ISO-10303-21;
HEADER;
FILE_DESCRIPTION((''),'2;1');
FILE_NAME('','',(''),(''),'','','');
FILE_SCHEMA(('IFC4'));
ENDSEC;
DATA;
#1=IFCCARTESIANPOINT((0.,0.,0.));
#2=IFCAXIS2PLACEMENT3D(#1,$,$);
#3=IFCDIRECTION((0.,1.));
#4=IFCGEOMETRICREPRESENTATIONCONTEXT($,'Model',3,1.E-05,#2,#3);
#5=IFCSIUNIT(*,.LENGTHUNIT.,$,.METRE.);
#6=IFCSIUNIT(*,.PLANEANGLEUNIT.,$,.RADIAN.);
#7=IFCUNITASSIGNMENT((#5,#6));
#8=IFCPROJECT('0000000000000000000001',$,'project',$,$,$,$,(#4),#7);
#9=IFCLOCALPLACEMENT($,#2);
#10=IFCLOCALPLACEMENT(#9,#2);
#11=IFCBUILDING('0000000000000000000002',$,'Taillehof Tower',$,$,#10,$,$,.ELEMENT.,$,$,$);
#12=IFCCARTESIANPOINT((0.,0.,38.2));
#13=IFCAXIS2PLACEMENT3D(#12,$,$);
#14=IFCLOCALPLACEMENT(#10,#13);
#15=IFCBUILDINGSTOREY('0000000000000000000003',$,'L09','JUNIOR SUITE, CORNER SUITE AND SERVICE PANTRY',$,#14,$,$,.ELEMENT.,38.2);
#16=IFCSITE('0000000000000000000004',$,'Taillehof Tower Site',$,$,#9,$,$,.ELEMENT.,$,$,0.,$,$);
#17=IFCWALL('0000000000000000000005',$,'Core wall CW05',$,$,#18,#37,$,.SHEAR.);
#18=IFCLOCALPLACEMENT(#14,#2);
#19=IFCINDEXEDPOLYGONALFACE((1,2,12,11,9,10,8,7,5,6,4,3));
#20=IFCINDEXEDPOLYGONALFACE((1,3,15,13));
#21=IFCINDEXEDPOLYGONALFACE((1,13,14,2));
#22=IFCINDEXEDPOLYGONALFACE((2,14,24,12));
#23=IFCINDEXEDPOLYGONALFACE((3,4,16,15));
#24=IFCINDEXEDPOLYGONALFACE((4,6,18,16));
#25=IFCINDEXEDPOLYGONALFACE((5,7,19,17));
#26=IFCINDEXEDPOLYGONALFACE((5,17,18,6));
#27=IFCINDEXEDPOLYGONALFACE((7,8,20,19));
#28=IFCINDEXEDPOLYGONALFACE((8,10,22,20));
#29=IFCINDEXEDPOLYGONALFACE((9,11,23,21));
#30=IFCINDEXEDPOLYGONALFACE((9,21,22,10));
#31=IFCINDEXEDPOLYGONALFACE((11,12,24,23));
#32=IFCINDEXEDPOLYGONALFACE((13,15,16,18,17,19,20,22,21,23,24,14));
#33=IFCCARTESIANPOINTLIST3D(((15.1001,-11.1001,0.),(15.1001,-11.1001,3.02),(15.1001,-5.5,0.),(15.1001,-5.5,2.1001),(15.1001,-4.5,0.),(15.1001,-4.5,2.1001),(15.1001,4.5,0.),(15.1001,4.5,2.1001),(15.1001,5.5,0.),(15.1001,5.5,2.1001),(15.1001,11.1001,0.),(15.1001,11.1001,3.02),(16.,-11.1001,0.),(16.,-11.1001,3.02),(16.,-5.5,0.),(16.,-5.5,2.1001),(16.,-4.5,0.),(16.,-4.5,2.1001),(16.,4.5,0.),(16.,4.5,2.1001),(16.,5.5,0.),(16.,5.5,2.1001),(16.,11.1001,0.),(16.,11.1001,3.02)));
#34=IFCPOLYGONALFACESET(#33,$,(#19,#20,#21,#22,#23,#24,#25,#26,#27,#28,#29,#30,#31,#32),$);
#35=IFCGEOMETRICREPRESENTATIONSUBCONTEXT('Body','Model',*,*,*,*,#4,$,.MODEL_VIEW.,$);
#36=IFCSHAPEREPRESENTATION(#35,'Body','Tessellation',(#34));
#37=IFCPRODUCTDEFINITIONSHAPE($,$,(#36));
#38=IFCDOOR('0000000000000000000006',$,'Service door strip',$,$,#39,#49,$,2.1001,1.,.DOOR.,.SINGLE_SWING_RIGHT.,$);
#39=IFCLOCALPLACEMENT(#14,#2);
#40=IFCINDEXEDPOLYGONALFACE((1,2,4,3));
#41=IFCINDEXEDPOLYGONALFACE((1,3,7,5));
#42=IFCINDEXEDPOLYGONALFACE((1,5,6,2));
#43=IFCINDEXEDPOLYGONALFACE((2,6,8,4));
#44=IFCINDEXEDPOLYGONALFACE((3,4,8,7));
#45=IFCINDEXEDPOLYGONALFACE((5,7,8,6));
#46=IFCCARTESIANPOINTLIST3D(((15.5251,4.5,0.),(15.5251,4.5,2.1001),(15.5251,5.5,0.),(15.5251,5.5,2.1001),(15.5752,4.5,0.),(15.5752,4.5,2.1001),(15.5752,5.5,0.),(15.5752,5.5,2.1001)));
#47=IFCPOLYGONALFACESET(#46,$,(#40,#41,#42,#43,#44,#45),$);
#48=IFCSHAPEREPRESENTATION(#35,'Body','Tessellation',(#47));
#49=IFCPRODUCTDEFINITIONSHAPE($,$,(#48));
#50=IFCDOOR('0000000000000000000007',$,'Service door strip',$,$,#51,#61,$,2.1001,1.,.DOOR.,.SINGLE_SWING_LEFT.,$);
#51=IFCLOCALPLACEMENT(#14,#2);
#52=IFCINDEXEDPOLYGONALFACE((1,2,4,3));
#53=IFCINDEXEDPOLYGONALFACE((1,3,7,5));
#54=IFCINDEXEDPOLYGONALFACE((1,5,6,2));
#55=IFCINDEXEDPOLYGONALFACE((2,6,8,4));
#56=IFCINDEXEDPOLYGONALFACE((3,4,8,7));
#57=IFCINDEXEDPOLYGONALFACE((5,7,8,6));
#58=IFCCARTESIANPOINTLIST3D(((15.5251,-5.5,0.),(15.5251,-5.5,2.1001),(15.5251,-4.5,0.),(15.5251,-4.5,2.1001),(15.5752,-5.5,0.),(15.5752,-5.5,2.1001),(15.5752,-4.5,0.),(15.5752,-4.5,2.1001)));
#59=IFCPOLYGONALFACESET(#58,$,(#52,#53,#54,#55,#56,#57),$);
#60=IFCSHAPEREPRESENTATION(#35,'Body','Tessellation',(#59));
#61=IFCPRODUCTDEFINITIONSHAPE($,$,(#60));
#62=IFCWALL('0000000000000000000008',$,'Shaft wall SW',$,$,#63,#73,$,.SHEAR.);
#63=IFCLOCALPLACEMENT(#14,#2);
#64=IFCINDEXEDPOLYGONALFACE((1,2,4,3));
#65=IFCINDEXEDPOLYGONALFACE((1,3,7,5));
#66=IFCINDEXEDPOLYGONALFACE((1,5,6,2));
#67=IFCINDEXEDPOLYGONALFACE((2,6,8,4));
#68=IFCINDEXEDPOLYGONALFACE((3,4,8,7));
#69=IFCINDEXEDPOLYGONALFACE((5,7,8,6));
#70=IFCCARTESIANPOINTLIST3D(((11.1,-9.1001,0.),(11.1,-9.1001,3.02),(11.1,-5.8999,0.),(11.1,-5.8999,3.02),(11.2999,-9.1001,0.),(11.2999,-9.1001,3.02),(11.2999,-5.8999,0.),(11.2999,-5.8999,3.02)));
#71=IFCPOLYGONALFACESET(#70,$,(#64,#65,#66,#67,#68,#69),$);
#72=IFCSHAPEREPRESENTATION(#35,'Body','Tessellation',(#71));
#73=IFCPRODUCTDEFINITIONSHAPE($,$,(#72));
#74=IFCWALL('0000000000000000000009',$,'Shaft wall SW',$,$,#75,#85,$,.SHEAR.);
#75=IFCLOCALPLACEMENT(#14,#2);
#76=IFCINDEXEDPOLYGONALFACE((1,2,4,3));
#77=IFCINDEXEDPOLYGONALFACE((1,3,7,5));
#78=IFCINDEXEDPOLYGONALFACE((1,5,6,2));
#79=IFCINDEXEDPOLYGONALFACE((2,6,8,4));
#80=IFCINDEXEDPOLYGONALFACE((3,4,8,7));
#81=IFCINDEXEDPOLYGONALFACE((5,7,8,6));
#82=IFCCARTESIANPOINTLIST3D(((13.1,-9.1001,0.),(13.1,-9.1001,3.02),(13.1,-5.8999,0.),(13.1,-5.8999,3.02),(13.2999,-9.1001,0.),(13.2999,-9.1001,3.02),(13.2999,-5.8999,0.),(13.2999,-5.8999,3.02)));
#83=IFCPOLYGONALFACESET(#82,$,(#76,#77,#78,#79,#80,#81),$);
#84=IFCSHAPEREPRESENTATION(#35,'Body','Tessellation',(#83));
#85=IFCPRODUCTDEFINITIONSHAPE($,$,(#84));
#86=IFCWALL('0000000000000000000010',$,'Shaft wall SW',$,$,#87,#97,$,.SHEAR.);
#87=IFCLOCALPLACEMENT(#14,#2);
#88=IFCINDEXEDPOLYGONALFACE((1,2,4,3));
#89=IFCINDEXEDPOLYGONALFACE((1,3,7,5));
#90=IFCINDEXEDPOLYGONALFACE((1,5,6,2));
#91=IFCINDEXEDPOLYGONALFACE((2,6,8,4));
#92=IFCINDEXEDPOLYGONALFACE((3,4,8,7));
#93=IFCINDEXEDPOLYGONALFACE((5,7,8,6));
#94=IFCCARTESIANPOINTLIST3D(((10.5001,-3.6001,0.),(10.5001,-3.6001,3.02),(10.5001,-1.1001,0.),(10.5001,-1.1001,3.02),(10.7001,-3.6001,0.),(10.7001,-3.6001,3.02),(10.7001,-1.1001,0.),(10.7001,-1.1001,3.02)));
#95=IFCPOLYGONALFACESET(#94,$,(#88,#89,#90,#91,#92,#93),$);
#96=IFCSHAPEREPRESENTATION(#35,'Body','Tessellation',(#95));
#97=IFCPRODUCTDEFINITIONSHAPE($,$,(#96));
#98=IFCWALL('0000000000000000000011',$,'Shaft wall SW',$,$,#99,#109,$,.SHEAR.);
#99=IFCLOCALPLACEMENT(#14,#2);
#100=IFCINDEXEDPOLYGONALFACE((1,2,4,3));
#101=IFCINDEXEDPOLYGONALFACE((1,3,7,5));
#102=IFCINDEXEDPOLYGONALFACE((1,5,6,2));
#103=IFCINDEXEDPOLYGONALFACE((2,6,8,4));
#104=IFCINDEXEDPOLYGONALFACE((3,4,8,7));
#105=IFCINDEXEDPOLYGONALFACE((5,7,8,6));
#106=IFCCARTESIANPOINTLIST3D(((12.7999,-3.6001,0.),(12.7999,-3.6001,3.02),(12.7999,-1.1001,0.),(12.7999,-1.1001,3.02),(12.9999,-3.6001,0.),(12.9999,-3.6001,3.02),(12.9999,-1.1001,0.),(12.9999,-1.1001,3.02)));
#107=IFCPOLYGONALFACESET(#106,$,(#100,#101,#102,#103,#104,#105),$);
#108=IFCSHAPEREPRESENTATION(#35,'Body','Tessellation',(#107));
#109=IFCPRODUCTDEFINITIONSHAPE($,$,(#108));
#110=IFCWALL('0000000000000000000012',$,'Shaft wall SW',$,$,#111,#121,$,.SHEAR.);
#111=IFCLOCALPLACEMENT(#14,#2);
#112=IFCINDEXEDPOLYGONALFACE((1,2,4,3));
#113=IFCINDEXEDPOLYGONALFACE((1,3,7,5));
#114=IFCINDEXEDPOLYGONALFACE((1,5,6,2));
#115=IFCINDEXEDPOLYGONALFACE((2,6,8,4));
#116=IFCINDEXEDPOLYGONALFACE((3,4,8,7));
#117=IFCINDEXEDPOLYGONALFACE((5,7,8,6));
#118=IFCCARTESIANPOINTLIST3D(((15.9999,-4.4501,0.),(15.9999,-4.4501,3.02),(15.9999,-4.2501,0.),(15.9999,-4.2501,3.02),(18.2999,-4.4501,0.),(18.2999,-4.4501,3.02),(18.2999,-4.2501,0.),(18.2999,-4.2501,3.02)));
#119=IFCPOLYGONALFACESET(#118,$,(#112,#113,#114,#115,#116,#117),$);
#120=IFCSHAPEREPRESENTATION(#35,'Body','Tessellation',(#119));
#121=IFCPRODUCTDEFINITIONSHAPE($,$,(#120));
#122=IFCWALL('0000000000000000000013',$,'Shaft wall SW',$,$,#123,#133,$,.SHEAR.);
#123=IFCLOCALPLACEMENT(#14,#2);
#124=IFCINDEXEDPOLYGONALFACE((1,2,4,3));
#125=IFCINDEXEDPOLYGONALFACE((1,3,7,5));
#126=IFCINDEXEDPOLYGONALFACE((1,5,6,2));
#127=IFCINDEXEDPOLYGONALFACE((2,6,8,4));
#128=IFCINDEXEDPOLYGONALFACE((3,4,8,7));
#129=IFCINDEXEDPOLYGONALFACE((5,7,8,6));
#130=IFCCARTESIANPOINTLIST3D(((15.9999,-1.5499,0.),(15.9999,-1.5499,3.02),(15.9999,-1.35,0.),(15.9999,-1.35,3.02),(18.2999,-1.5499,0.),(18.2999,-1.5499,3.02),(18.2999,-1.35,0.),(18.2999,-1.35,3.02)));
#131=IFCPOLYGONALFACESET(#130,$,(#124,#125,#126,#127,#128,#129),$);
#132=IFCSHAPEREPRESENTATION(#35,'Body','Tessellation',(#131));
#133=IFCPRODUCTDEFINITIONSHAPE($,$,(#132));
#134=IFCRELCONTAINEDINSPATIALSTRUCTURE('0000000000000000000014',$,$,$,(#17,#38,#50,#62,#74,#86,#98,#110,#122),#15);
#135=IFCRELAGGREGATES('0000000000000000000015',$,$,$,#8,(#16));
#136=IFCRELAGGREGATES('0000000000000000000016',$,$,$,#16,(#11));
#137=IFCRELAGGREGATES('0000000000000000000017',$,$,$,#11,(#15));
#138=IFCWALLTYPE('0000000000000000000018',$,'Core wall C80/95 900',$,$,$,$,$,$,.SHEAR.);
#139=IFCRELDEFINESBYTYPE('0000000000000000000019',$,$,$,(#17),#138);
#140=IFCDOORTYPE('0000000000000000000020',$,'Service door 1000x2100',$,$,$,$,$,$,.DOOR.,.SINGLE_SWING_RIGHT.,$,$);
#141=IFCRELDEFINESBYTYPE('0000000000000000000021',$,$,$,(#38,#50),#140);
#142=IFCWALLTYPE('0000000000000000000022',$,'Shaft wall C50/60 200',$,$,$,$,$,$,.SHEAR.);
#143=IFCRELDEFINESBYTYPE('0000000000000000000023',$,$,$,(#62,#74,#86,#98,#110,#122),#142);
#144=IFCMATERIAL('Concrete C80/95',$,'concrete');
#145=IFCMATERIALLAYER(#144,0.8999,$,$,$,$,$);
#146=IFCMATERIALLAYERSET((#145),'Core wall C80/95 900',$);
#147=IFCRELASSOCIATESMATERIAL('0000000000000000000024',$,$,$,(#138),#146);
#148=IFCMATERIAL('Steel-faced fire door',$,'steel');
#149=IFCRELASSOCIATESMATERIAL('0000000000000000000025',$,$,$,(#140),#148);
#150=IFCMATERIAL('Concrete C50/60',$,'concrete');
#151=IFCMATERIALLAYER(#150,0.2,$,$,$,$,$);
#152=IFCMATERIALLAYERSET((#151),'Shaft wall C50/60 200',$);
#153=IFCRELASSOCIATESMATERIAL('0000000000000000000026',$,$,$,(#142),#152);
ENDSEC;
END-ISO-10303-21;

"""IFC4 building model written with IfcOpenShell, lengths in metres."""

from ifc_helpers import new_model, si_unit, direction, frame, frame_2d, origin, place, context, subcontext, project, spatial, rectangle, extrude, material, layer, layer_set, type_object, element, fill, save


model = new_model("IFC4")

# Units and contexts
model_context = context("Model", 3, precision=1e-05, world=origin(), true_north=direction((0.0, 1.0)))
body_context = subcontext(model_context, "Body", "Model", "MODEL_VIEW")
ifc_project = project(units=[si_unit("LENGTHUNIT", "METRE"), si_unit("PLANEANGLEUNIT", "RADIAN")], contexts=[model_context])

# Site, building, storey
site_placement = place(None, origin())
site = spatial("IfcSite", under=ifc_project, at=site_placement, Name="Taillehof Tower Site", CompositionType="ELEMENT", RefElevation=0.0)
building_placement = place(site_placement, origin())
building = spatial("IfcBuilding", under=site, at=building_placement, Name="Taillehof Tower", CompositionType="ELEMENT")
storey_placement = place(building_placement, frame((0.0, 0.0, 38.2)))
storey = spatial("IfcBuildingStorey", under=building, at=storey_placement, Name="L09", Description="JUNIOR SUITE, CORNER SUITE AND SERVICE PANTRY", CompositionType="ELEMENT", Elevation=38.2)

# Wall, openings, doors
ifc_material_1 = material(Name="Concrete C80/95", Category="concrete")
ifc_layer_1 = layer(ifc_material_1, 0.8999)
ifc_layer_set_1 = layer_set([ifc_layer_1], Name="Core wall C80/95 900")
wall_type_1 = type_object("IfcWallType", Name="Core wall C80/95 900", PredefinedType="SHEAR", material=ifc_layer_set_1)
wall_1_placement = place(storey_placement, frame((15.55, -11.1001, 0.0), z_axis=(0.0, 0.0, 1.0), x_axis=(0.0, 1.0, 0.0)))
wall_1 = element("IfcWall", 1, at=wall_1_placement, inside=storey, type_object=wall_type_1, Name="Core wall CW05", PredefinedType="SHEAR", context=body_context, shape_type="SweptSolid", body=[
    extrude(rectangle(XDim=22.2002, YDim=0.8999, at=frame_2d((11.1001, 0.0))), origin(), (0.0, 0.0, 1.0), 3.02),
])
opening_1_placement = place(wall_1_placement, frame((15.6001, 0.0, 0.0)))
opening_1 = element("IfcOpeningElement", 2, at=opening_1_placement, cuts=wall_1, PredefinedType="OPENING", context=body_context, shape_type="SweptSolid", body=[
    extrude(rectangle(XDim=1.0, YDim=2.1001, at=frame_2d((0.5, 1.05))), frame((0.0, 0.46, 0.0), z_axis=(0.0, -1.0, 0.0), x_axis=(1.0, 0.0, 0.0)), (0.0, 0.0, 1.0), 0.9199),
])
opening_2_placement = place(wall_1_placement, frame((5.6001, 0.0, 0.0)))
opening_2 = element("IfcOpeningElement", 3, at=opening_2_placement, cuts=wall_1, PredefinedType="OPENING", context=body_context, shape_type="SweptSolid", body=[
    extrude(rectangle(XDim=1.0, YDim=2.1001, at=frame_2d((0.5, 1.05))), frame((0.0, 0.46, 0.0), z_axis=(0.0, -1.0, 0.0), x_axis=(1.0, 0.0, 0.0)), (0.0, 0.0, 1.0), 0.9199),
])
ifc_material_2 = material(Name="Steel-faced fire door", Category="steel")
door_type_1 = type_object("IfcDoorType", Name="Service door 1000x2100", OperationType="SINGLE_SWING_RIGHT", PredefinedType="DOOR", material=ifc_material_2)
door_1_placement = place(opening_1_placement, origin())
door_1 = element("IfcDoor", 4, at=door_1_placement, inside=storey, type_object=door_type_1, Name="Service door strip", OperationType="SINGLE_SWING_RIGHT", OverallHeight=2.1001, OverallWidth=1.0, PredefinedType="DOOR", context=body_context, shape_type="SweptSolid", body=[
    extrude(rectangle(XDim=1.0, YDim=2.1001, at=frame_2d((0.5, 1.05))), frame((0.0, 0.0249, 0.0), z_axis=(0.0, -1.0, 0.0), x_axis=(1.0, 0.0, 0.0)), (0.0, 0.0, 1.0), 0.05),
])
fill(opening_1, door_1)
door_2_placement = place(opening_2_placement, origin())
door_2 = element("IfcDoor", 5, at=door_2_placement, inside=storey, type_object=door_type_1, Name="Service door strip", OperationType="SINGLE_SWING_LEFT", OverallHeight=2.1001, OverallWidth=1.0, PredefinedType="DOOR", context=body_context, shape_type="SweptSolid", body=[
    extrude(rectangle(XDim=1.0, YDim=2.1001, at=frame_2d((0.5, 1.05))), frame((0.0, 0.0249, 0.0), z_axis=(0.0, -1.0, 0.0), x_axis=(1.0, 0.0, 0.0)), (0.0, 0.0, 1.0), 0.05),
])
fill(opening_2, door_2)

# Walls
ifc_material_3 = material(Name="Concrete C50/60", Category="concrete")
ifc_layer_2 = layer(ifc_material_3, 0.2)
ifc_layer_set_2 = layer_set([ifc_layer_2], Name="Shaft wall C50/60 200")
wall_type_2 = type_object("IfcWallType", Name="Shaft wall C50/60 200", PredefinedType="SHEAR", material=ifc_layer_set_2)
for number, where, z_axis, x_axis, name in (
    (6, (11.2, -9.1001, 0.0), (0.0, 0.0, 1.0), (0.0, 1.0, 0.0), "Shaft wall SW"),
    (7, (13.2, -9.1001, 0.0), (0.0, 0.0, 1.0), (0.0, 1.0, 0.0), "Shaft wall SW"),
):
    element("IfcWall", number, at=place(storey_placement, frame(where, z_axis=z_axis, x_axis=x_axis)), inside=storey, type_object=wall_type_2, Name=name, PredefinedType="SHEAR", context=body_context, shape_type="SweptSolid", body=[
        extrude(rectangle(XDim=3.2002, YDim=0.2, at=frame_2d((1.6001, 0.0))), origin(), (0.0, 0.0, 1.0), 3.02),
    ])
for number, where, z_axis, x_axis, name in (
    (8, (10.6001, -3.6001, 0.0), (0.0, 0.0, 1.0), (0.0, 1.0, 0.0), "Shaft wall SW"),
    (9, (12.8999, -3.6001, 0.0), (0.0, 0.0, 1.0), (0.0, 1.0, 0.0), "Shaft wall SW"),
):
    element("IfcWall", number, at=place(storey_placement, frame(where, z_axis=z_axis, x_axis=x_axis)), inside=storey, type_object=wall_type_2, Name=name, PredefinedType="SHEAR", context=body_context, shape_type="SweptSolid", body=[
        extrude(rectangle(XDim=2.5, YDim=0.2, at=frame_2d((1.25, 0.0))), origin(), (0.0, 0.0, 1.0), 3.02),
    ])
for number, where, z_axis, x_axis, name in (
    (10, (16.0, -4.3501, 0.0), (0.0, 0.0, 1.0), (1.0, 0.0, 0.0), "Shaft wall SW"),
    (11, (16.0, -1.45, 0.0), (0.0, 0.0, 1.0), (1.0, 0.0, 0.0), "Shaft wall SW"),
):
    element("IfcWall", number, at=place(storey_placement, frame(where, z_axis=z_axis, x_axis=x_axis)), inside=storey, type_object=wall_type_2, Name=name, PredefinedType="SHEAR", context=body_context, shape_type="SweptSolid", body=[
        extrude(rectangle(XDim=2.3, YDim=0.2, at=frame_2d((1.1499, 0.0))), origin(), (0.0, 0.0, 1.0), 3.02),
    ])

save(model, "model.ifc")
